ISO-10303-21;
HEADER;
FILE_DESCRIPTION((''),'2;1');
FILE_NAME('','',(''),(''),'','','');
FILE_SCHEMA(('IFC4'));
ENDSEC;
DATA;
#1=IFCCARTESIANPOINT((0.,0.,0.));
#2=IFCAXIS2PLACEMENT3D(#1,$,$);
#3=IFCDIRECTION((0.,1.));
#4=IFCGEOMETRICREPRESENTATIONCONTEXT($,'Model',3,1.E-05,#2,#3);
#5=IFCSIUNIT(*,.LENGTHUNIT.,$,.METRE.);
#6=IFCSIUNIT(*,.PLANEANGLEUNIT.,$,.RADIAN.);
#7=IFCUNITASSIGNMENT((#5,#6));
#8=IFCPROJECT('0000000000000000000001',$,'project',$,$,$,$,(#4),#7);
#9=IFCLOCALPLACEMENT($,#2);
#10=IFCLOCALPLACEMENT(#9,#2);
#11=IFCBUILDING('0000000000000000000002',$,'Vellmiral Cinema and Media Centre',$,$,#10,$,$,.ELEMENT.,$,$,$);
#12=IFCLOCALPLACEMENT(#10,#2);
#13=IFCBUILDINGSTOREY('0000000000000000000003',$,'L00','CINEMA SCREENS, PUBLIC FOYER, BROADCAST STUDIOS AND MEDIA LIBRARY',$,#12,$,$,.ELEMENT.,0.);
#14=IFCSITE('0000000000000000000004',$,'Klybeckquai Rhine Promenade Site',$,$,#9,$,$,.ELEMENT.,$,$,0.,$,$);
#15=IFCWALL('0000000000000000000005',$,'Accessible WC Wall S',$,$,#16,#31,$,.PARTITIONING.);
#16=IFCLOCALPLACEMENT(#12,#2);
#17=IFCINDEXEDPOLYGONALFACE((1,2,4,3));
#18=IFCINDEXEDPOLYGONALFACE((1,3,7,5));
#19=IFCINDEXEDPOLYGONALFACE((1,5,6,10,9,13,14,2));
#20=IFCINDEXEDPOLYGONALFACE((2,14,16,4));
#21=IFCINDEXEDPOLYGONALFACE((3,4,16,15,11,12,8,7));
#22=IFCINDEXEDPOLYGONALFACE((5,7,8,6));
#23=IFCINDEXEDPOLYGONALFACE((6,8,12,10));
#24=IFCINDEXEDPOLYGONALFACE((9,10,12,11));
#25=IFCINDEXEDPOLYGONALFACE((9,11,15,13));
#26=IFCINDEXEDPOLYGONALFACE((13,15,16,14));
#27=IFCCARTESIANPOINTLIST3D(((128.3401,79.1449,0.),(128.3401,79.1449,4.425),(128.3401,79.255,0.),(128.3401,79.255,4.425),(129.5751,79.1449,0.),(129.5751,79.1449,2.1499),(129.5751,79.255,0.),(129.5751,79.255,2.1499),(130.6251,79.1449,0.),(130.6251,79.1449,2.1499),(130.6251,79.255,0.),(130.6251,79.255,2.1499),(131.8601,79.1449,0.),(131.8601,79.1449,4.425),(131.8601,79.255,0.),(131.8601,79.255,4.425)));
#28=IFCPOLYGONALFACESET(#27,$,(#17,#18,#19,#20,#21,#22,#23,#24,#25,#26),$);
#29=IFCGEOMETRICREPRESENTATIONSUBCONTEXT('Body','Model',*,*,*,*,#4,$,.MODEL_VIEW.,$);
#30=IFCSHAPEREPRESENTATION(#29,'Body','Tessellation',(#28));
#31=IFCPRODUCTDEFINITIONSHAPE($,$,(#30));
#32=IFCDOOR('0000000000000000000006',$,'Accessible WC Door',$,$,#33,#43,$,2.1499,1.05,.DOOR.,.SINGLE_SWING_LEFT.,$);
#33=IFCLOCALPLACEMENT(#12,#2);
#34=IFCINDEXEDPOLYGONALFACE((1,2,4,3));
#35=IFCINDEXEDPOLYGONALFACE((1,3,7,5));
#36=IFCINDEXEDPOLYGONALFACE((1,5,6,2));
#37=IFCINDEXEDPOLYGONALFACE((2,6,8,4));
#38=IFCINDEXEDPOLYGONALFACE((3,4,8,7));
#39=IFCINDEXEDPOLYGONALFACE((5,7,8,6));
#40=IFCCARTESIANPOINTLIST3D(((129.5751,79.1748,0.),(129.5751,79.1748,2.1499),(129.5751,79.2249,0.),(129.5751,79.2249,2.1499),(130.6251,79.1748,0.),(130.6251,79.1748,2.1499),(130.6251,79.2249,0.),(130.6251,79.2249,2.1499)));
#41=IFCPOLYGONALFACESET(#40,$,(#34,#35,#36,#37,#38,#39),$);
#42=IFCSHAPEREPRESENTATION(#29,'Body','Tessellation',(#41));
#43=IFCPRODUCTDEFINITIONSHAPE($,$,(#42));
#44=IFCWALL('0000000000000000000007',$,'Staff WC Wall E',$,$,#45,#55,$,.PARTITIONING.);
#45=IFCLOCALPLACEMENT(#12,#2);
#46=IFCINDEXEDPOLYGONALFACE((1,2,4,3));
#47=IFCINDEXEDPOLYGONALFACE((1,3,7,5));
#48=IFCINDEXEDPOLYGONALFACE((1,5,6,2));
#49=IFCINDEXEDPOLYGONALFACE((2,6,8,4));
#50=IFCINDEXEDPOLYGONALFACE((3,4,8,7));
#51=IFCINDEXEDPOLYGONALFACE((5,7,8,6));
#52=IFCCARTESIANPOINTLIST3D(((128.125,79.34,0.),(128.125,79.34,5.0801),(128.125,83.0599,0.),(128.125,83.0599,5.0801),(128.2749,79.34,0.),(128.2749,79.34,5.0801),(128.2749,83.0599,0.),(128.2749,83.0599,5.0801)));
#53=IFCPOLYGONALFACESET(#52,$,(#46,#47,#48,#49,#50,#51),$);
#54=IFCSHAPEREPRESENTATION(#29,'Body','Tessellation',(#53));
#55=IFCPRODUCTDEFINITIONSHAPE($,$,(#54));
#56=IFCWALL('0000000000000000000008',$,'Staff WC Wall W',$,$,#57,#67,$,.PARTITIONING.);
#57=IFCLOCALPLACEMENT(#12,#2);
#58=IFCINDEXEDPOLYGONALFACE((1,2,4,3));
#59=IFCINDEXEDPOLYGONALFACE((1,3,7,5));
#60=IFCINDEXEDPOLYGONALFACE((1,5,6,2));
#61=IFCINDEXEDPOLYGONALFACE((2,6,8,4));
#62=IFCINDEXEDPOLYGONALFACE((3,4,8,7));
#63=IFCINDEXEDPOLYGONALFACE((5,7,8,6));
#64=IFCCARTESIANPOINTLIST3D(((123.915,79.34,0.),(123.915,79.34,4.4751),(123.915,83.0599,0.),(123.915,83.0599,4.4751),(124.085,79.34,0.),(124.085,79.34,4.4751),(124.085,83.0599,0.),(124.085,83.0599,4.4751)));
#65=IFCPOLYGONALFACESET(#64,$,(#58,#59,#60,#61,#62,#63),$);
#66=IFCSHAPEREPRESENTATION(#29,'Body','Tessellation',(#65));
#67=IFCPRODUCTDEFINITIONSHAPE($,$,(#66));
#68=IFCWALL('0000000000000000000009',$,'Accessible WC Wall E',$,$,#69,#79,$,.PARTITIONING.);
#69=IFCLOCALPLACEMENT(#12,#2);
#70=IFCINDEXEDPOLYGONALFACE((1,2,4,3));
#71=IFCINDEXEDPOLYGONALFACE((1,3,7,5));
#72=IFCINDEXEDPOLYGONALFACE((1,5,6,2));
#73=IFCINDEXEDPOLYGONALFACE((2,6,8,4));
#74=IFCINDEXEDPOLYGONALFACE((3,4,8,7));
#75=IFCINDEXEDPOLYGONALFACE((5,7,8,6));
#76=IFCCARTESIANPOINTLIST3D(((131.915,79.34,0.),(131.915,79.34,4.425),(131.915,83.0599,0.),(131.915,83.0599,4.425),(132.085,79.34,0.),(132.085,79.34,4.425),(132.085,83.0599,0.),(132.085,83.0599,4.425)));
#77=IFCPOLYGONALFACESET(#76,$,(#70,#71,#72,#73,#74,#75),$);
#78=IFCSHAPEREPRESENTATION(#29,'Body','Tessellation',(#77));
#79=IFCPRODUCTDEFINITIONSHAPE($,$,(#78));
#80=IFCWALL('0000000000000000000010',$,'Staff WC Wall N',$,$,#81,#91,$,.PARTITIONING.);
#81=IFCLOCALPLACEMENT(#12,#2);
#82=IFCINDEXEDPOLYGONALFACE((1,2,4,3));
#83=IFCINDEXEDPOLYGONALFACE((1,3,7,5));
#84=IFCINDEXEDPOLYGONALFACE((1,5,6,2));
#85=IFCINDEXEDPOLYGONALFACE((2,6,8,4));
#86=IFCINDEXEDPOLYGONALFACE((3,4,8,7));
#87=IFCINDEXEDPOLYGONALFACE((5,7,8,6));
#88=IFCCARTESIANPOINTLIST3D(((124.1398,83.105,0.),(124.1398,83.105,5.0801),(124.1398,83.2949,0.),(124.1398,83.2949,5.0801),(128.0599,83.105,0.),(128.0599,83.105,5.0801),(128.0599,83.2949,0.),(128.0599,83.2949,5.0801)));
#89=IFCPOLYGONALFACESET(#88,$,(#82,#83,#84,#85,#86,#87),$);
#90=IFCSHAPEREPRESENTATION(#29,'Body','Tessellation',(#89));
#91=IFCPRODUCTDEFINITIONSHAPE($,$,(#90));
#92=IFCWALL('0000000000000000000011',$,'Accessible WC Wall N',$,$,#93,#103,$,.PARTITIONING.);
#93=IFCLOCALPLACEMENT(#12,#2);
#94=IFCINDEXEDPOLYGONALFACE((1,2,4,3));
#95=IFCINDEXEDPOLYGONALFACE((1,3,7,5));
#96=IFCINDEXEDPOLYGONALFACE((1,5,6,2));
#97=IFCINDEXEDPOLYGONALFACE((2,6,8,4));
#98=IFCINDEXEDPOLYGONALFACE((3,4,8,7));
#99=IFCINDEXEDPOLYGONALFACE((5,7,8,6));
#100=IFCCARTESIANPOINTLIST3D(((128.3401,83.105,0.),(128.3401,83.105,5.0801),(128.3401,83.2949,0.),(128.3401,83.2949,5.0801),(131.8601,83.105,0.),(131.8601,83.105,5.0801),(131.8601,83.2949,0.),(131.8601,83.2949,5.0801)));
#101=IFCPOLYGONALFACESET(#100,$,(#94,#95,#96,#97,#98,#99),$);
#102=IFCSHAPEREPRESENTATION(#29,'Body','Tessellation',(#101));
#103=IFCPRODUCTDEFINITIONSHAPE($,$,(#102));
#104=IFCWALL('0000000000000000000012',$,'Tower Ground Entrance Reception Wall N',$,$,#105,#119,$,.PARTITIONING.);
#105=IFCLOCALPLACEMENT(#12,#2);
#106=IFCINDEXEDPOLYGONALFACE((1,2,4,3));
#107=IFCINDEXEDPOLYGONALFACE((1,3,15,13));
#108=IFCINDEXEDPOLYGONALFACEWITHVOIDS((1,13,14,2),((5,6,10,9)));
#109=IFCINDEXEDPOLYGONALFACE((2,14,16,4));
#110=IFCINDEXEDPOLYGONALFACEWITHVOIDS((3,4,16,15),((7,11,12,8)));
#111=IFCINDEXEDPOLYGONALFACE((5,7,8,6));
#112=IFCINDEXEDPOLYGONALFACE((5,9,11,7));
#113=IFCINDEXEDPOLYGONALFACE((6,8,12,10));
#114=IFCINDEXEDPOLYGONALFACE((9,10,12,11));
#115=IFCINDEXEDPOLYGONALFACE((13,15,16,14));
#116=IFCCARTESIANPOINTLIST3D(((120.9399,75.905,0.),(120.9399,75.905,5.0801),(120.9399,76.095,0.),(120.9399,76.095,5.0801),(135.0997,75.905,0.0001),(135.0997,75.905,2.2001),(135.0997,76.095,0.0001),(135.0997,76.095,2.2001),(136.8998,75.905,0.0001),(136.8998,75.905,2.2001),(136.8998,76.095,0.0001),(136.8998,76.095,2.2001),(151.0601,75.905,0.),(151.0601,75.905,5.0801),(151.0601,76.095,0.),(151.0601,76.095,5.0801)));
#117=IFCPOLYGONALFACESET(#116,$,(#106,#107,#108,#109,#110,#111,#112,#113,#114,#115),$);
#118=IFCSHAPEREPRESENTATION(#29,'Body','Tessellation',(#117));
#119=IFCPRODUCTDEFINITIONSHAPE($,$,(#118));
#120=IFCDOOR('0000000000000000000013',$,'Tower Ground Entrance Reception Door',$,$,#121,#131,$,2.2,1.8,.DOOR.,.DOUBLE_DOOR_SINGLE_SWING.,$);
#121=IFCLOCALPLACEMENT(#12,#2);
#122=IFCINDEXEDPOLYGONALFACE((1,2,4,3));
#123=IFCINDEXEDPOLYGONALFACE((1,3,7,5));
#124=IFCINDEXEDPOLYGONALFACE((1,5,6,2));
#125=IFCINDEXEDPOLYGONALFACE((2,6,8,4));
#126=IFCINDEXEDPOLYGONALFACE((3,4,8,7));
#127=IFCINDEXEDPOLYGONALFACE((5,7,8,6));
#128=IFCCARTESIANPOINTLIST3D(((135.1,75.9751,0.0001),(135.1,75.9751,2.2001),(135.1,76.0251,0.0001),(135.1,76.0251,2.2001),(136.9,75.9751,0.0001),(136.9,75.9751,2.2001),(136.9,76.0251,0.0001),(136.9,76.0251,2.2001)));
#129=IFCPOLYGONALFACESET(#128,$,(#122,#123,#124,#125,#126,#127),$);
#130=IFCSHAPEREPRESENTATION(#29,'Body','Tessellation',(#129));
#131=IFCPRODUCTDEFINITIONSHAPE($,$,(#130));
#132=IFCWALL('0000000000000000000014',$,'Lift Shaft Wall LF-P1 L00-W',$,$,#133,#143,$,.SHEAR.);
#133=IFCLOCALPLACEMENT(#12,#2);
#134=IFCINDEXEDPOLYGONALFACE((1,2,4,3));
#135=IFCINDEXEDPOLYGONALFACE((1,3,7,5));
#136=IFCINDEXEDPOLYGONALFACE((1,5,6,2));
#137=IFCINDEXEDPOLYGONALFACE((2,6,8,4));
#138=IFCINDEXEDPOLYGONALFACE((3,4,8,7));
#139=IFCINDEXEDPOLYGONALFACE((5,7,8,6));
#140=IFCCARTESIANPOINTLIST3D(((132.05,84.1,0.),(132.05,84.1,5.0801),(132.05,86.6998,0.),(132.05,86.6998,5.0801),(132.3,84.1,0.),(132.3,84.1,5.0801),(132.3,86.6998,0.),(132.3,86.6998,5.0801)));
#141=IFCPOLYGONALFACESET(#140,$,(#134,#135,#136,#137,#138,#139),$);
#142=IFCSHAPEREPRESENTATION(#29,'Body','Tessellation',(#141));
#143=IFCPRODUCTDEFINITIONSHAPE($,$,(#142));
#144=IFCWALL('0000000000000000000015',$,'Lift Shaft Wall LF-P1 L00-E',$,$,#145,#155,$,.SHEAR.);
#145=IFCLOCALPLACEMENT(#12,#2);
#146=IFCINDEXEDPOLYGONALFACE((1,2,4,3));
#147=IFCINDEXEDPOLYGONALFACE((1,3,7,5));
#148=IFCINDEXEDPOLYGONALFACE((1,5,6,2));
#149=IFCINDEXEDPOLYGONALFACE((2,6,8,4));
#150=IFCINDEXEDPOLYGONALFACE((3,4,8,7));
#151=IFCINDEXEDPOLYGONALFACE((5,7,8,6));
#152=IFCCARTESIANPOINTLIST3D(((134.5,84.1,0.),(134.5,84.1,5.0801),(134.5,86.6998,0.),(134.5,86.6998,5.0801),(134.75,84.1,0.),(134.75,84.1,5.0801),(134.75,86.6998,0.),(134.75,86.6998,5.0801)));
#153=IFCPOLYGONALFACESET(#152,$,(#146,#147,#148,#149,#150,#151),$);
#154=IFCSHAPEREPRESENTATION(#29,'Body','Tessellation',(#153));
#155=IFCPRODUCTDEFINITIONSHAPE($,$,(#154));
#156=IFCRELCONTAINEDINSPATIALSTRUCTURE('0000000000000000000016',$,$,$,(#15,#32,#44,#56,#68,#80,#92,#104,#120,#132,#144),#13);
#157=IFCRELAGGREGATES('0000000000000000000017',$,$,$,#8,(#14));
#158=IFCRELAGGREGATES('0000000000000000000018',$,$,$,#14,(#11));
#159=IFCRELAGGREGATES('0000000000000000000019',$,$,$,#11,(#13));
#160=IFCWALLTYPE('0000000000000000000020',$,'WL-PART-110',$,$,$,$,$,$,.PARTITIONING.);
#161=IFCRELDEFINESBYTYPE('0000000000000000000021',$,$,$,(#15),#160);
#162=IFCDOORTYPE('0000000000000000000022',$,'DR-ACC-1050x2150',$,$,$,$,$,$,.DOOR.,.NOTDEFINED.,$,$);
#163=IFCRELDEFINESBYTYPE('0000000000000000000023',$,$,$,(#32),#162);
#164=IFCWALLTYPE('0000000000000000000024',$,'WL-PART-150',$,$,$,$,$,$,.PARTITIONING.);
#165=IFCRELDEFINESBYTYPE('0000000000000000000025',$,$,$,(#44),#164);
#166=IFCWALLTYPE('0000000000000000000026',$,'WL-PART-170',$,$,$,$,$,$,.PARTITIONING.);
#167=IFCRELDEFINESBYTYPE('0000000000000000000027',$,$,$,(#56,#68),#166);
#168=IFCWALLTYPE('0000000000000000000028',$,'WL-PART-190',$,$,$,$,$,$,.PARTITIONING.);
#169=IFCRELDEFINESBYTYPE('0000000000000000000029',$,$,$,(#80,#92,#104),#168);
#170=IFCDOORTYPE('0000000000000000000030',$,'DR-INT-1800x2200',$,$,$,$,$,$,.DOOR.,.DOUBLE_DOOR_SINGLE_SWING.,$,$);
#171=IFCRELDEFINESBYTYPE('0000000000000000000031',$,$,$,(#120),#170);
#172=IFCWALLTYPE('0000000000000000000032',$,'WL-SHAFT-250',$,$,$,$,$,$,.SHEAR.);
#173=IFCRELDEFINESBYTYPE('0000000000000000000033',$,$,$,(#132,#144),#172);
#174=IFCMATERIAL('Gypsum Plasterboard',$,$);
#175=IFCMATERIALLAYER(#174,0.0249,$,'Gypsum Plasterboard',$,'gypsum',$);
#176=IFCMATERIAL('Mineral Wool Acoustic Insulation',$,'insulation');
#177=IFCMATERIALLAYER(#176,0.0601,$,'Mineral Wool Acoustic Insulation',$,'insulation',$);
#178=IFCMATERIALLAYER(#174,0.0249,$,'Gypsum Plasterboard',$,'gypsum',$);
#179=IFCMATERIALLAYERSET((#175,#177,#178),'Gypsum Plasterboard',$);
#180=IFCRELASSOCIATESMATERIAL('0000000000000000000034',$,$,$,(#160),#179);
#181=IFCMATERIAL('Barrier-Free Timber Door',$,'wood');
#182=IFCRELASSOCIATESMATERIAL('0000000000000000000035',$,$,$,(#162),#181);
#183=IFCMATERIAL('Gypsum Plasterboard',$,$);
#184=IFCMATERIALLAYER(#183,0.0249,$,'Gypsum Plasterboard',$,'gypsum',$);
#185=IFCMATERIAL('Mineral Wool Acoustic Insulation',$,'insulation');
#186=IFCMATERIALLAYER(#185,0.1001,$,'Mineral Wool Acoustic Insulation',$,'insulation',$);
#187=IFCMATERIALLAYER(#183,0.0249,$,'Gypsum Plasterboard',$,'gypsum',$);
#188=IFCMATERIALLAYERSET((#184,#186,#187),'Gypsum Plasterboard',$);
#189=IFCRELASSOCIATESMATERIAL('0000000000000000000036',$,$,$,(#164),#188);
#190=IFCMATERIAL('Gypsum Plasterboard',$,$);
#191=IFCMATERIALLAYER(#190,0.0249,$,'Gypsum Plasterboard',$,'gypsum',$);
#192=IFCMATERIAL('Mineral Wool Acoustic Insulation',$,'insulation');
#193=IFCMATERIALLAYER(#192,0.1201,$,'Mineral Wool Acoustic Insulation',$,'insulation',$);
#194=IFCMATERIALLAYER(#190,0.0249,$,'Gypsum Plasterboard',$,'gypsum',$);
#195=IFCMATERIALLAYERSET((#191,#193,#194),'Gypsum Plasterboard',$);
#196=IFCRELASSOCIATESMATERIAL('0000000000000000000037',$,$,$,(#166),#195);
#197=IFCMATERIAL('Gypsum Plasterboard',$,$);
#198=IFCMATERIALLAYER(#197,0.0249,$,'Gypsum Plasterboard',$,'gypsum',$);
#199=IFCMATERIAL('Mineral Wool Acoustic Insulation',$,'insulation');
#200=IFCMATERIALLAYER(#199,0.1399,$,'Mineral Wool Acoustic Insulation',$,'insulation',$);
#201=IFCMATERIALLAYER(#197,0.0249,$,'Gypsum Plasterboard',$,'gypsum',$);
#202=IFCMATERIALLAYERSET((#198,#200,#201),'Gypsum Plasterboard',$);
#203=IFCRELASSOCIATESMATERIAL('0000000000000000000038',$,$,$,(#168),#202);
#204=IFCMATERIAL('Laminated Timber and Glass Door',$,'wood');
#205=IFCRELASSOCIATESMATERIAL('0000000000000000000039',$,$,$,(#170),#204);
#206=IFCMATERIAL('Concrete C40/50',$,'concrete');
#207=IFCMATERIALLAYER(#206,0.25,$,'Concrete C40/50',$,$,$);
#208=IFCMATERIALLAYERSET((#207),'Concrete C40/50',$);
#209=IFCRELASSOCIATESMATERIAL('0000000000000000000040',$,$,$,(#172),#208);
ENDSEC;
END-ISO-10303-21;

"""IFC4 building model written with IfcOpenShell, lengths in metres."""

from ifc_helpers import new_model, si_unit, direction, frame, frame_2d, origin, place, context, subcontext, project, spatial, rectangle, extrude, material, layer, layer_set, type_object, element, fill, save


model = new_model("IFC4")

# Units and contexts
model_context = context("Model", 3, precision=1e-05, world=origin(), true_north=direction((0.0, 1.0)))
body_context = subcontext(model_context, "Body", "Model", "MODEL_VIEW")
ifc_project = project(units=[si_unit("LENGTHUNIT", "METRE"), si_unit("PLANEANGLEUNIT", "RADIAN")], contexts=[model_context])

# Site, building, storey
site_placement = place(None, origin())
site = spatial("IfcSite", under=ifc_project, at=site_placement, Name="Klybeckquai Rhine Promenade Site", CompositionType="ELEMENT", RefElevation=0.0)
building_placement = place(site_placement, origin())
building = spatial("IfcBuilding", under=site, at=building_placement, Name="Vellmiral Cinema and Media Centre", CompositionType="ELEMENT")
storey_placement = place(building_placement, origin())
storey = spatial("IfcBuildingStorey", under=building, at=storey_placement, Name="L00", Description="CINEMA SCREENS, PUBLIC FOYER, BROADCAST STUDIOS AND MEDIA LIBRARY", CompositionType="ELEMENT", Elevation=0.0)

# Wall, opening, door
ifc_material_1 = material(Name="Gypsum Plasterboard")
ifc_layer_1 = layer(ifc_material_1, 0.0249, Name="Gypsum Plasterboard", Category="gypsum")
ifc_material_2 = material(Name="Mineral Wool Acoustic Insulation", Category="insulation")
ifc_layer_2 = layer(ifc_material_2, 0.0601, Name="Mineral Wool Acoustic Insulation", Category="insulation")
ifc_layer_3 = layer(ifc_material_1, 0.0249, Name="Gypsum Plasterboard", Category="gypsum")
ifc_layer_set_1 = layer_set([ifc_layer_1, ifc_layer_2, ifc_layer_3], Name="Gypsum Plasterboard")
wall_type_1 = type_object("IfcWallType", Name="WL-PART-110", PredefinedType="PARTITIONING", material=ifc_layer_set_1)
wall_1_placement = place(storey_placement, frame((128.3401, 79.2, 0.0), z_axis=(0.0, 0.0, 1.0), x_axis=(1.0, 0.0, 0.0)))
wall_1 = element("IfcWall", 1, at=wall_1_placement, inside=storey, type_object=wall_type_1, Name="Accessible WC Wall S", PredefinedType="PARTITIONING", context=body_context, shape_type="SweptSolid", body=[
    extrude(rectangle(XDim=3.52, YDim=0.1101, at=frame_2d((1.76, 0.0))), origin(), (0.0, 0.0, 1.0), 4.425),
])
opening_1_placement = place(wall_1_placement, frame((1.2351, 0.0, 0.0)))
opening_1 = element("IfcOpeningElement", 2, at=opening_1_placement, cuts=wall_1, PredefinedType="OPENING", context=body_context, shape_type="SweptSolid", body=[
    extrude(rectangle(XDim=1.05, YDim=2.1499, at=frame_2d((0.5249, 1.075))), frame((0.0, 0.0669, 0.0), z_axis=(0.0, -1.0, 0.0), x_axis=(1.0, 0.0, 0.0)), (0.0, 0.0, 1.0), 0.134),
])
ifc_material_3 = material(Name="Barrier-Free Timber Door", Category="wood")
door_type_1 = type_object("IfcDoorType", Name="DR-ACC-1050x2150", OperationType="NOTDEFINED", PredefinedType="DOOR", material=ifc_material_3)
door_1_placement = place(opening_1_placement, origin())
door_1 = element("IfcDoor", 3, at=door_1_placement, inside=storey, type_object=door_type_1, Name="Accessible WC Door", OperationType="SINGLE_SWING_LEFT", OverallHeight=2.1499, OverallWidth=1.05, PredefinedType="DOOR", context=body_context, shape_type="SweptSolid", body=[
    extrude(rectangle(XDim=1.05, YDim=2.1499, at=frame_2d((0.5249, 1.075))), frame((0.0, 0.0249, 0.0), z_axis=(0.0, -1.0, 0.0), x_axis=(1.0, 0.0, 0.0)), (0.0, 0.0, 1.0), 0.05),
])
fill(opening_1, door_1)

# Walls
ifc_material_4 = material(Name="Gypsum Plasterboard")
ifc_layer_4 = layer(ifc_material_4, 0.0249, Name="Gypsum Plasterboard", Category="gypsum")
ifc_material_5 = material(Name="Mineral Wool Acoustic Insulation", Category="insulation")
ifc_layer_5 = layer(ifc_material_5, 0.1001, Name="Mineral Wool Acoustic Insulation", Category="insulation")
ifc_layer_6 = layer(ifc_material_4, 0.0249, Name="Gypsum Plasterboard", Category="gypsum")
ifc_layer_set_2 = layer_set([ifc_layer_4, ifc_layer_5, ifc_layer_6], Name="Gypsum Plasterboard")
wall_type_2 = type_object("IfcWallType", Name="WL-PART-150", PredefinedType="PARTITIONING", material=ifc_layer_set_2)
wall_2_placement = place(storey_placement, frame((128.2, 79.3401, 0.0), z_axis=(0.0, 0.0, 1.0), x_axis=(0.0, 1.0, 0.0)))
element("IfcWall", 4, at=wall_2_placement, inside=storey, type_object=wall_type_2, Name="Staff WC Wall E", PredefinedType="PARTITIONING", context=body_context, shape_type="SweptSolid", body=[
    extrude(rectangle(XDim=3.72, YDim=0.1499, at=frame_2d((1.8599, 0.0))), origin(), (0.0, 0.0, 1.0), 5.0801),
])
ifc_material_6 = material(Name="Gypsum Plasterboard")
ifc_layer_7 = layer(ifc_material_6, 0.0249, Name="Gypsum Plasterboard", Category="gypsum")
ifc_material_7 = material(Name="Mineral Wool Acoustic Insulation", Category="insulation")
ifc_layer_8 = layer(ifc_material_7, 0.1201, Name="Mineral Wool Acoustic Insulation", Category="insulation")
ifc_layer_9 = layer(ifc_material_6, 0.0249, Name="Gypsum Plasterboard", Category="gypsum")
ifc_layer_set_3 = layer_set([ifc_layer_7, ifc_layer_8, ifc_layer_9], Name="Gypsum Plasterboard")
wall_type_3 = type_object("IfcWallType", Name="WL-PART-170", PredefinedType="PARTITIONING", material=ifc_layer_set_3)
wall_3_placement = place(storey_placement, frame((124.0, 79.3401, 0.0), z_axis=(0.0, 0.0, 1.0), x_axis=(0.0, 1.0, 0.0)))
element("IfcWall", 5, at=wall_3_placement, inside=storey, type_object=wall_type_3, Name="Staff WC Wall W", PredefinedType="PARTITIONING", context=body_context, shape_type="SweptSolid", body=[
    extrude(rectangle(XDim=3.72, YDim=0.1699, at=frame_2d((1.8599, 0.0))), origin(), (0.0, 0.0, 1.0), 4.4751),
])
wall_4_placement = place(storey_placement, frame((132.0, 79.3401, 0.0), z_axis=(0.0, 0.0, 1.0), x_axis=(0.0, 1.0, 0.0)))
element("IfcWall", 6, at=wall_4_placement, inside=storey, type_object=wall_type_3, Name="Accessible WC Wall E", PredefinedType="PARTITIONING", context=body_context, shape_type="SweptSolid", body=[
    extrude(rectangle(XDim=3.72, YDim=0.1699, at=frame_2d((1.8599, 0.0))), origin(), (0.0, 0.0, 1.0), 4.425),
])
ifc_material_8 = material(Name="Gypsum Plasterboard")
ifc_layer_10 = layer(ifc_material_8, 0.0249, Name="Gypsum Plasterboard", Category="gypsum")
ifc_material_9 = material(Name="Mineral Wool Acoustic Insulation", Category="insulation")
ifc_layer_11 = layer(ifc_material_9, 0.1399, Name="Mineral Wool Acoustic Insulation", Category="insulation")
ifc_layer_12 = layer(ifc_material_8, 0.0249, Name="Gypsum Plasterboard", Category="gypsum")
ifc_layer_set_4 = layer_set([ifc_layer_10, ifc_layer_11, ifc_layer_12], Name="Gypsum Plasterboard")
wall_type_4 = type_object("IfcWallType", Name="WL-PART-190", PredefinedType="PARTITIONING", material=ifc_layer_set_4)
wall_5_placement = place(storey_placement, frame((124.1399, 83.2, 0.0), z_axis=(0.0, 0.0, 1.0), x_axis=(1.0, 0.0, 0.0)))
element("IfcWall", 7, at=wall_5_placement, inside=storey, type_object=wall_type_4, Name="Staff WC Wall N", PredefinedType="PARTITIONING", context=body_context, shape_type="SweptSolid", body=[
    extrude(rectangle(XDim=3.9202, YDim=0.1899, at=frame_2d((1.96, 0.0))), origin(), (0.0, 0.0, 1.0), 5.0801),
])
wall_6_placement = place(storey_placement, frame((128.3401, 83.2, 0.0), z_axis=(0.0, 0.0, 1.0), x_axis=(1.0, 0.0, 0.0)))
element("IfcWall", 8, at=wall_6_placement, inside=storey, type_object=wall_type_4, Name="Accessible WC Wall N", PredefinedType="PARTITIONING", context=body_context, shape_type="SweptSolid", body=[
    extrude(rectangle(XDim=3.52, YDim=0.1899, at=frame_2d((1.76, 0.0))), origin(), (0.0, 0.0, 1.0), 5.0801),
])

# Wall, opening, door
wall_7_placement = place(storey_placement, frame((120.9399, 76.0, 0.0), z_axis=(0.0, 0.0, 1.0), x_axis=(1.0, 0.0, 0.0)))
wall_7 = element("IfcWall", 9, at=wall_7_placement, inside=storey, type_object=wall_type_4, Name="Tower Ground Entrance Reception Wall N", PredefinedType="PARTITIONING", context=body_context, shape_type="SweptSolid", body=[
    extrude(rectangle(XDim=30.1201, YDim=0.1899, at=frame_2d((15.0601, 0.0))), origin(), (0.0, 0.0, 1.0), 5.0801),
])
opening_2_placement = place(wall_7_placement, frame((14.1599, 0.0, 0.0)))
opening_2 = element("IfcOpeningElement", 10, at=opening_2_placement, cuts=wall_7, PredefinedType="OPENING", context=body_context, shape_type="SweptSolid", body=[
    extrude(rectangle(XDim=1.8, YDim=2.2, at=frame_2d((0.8999, 1.1001))), frame((0.0, 0.1069, 0.0), z_axis=(0.0, -1.0, 0.0), x_axis=(1.0, 0.0, 0.0)), (0.0, 0.0, 1.0), 0.2139),
])
ifc_material_10 = material(Name="Laminated Timber and Glass Door", Category="wood")
door_type_2 = type_object("IfcDoorType", Name="DR-INT-1800x2200", OperationType="DOUBLE_DOOR_SINGLE_SWING", PredefinedType="DOOR", material=ifc_material_10)
door_2_placement = place(opening_2_placement, frame((1.8, 0.0, 0.0), z_axis=(0.0, 0.0, 1.0), x_axis=(-1.0, 0.0, 0.0)))
door_2 = element("IfcDoor", 11, at=door_2_placement, inside=storey, type_object=door_type_2, Name="Tower Ground Entrance Reception Door", OperationType="DOUBLE_DOOR_SINGLE_SWING", OverallHeight=2.2, OverallWidth=1.8, PredefinedType="DOOR", context=body_context, shape_type="SweptSolid", body=[
    extrude(rectangle(XDim=1.8, YDim=2.2, at=frame_2d((0.8999, 1.1001))), frame((0.0, 0.0249, 0.0), z_axis=(0.0, -1.0, 0.0), x_axis=(1.0, 0.0, 0.0)), (0.0, 0.0, 1.0), 0.05),
])
fill(opening_2, door_2)
ifc_material_11 = material(Name="Concrete C40/50", Category="concrete")
ifc_layer_13 = layer(ifc_material_11, 0.25, Name="Concrete C40/50")
ifc_layer_set_5 = layer_set([ifc_layer_13], Name="Concrete C40/50")
wall_type_5 = type_object("IfcWallType", Name="WL-SHAFT-250", PredefinedType="SHEAR", material=ifc_layer_set_5)

# Walls
for number, where, z_axis, x_axis, name in (
    (12, (132.175, 84.1001, 0.0), (0.0, 0.0, 1.0), (0.0, 1.0, 0.0), "Lift Shaft Wall LF-P1 L00-W"),
    (13, (134.625, 84.1001, 0.0), (0.0, 0.0, 1.0), (0.0, 1.0, 0.0), "Lift Shaft Wall LF-P1 L00-E"),
):
    element("IfcWall", number, at=place(storey_placement, frame(where, z_axis=z_axis, x_axis=x_axis)), inside=storey, type_object=wall_type_5, Name=name, PredefinedType="SHEAR", context=body_context, shape_type="SweptSolid", body=[
        extrude(rectangle(XDim=2.5999, YDim=0.25, at=frame_2d((1.2998, 0.0))), origin(), (0.0, 0.0, 1.0), 5.0801),
    ])

save(model, "model.ifc")
